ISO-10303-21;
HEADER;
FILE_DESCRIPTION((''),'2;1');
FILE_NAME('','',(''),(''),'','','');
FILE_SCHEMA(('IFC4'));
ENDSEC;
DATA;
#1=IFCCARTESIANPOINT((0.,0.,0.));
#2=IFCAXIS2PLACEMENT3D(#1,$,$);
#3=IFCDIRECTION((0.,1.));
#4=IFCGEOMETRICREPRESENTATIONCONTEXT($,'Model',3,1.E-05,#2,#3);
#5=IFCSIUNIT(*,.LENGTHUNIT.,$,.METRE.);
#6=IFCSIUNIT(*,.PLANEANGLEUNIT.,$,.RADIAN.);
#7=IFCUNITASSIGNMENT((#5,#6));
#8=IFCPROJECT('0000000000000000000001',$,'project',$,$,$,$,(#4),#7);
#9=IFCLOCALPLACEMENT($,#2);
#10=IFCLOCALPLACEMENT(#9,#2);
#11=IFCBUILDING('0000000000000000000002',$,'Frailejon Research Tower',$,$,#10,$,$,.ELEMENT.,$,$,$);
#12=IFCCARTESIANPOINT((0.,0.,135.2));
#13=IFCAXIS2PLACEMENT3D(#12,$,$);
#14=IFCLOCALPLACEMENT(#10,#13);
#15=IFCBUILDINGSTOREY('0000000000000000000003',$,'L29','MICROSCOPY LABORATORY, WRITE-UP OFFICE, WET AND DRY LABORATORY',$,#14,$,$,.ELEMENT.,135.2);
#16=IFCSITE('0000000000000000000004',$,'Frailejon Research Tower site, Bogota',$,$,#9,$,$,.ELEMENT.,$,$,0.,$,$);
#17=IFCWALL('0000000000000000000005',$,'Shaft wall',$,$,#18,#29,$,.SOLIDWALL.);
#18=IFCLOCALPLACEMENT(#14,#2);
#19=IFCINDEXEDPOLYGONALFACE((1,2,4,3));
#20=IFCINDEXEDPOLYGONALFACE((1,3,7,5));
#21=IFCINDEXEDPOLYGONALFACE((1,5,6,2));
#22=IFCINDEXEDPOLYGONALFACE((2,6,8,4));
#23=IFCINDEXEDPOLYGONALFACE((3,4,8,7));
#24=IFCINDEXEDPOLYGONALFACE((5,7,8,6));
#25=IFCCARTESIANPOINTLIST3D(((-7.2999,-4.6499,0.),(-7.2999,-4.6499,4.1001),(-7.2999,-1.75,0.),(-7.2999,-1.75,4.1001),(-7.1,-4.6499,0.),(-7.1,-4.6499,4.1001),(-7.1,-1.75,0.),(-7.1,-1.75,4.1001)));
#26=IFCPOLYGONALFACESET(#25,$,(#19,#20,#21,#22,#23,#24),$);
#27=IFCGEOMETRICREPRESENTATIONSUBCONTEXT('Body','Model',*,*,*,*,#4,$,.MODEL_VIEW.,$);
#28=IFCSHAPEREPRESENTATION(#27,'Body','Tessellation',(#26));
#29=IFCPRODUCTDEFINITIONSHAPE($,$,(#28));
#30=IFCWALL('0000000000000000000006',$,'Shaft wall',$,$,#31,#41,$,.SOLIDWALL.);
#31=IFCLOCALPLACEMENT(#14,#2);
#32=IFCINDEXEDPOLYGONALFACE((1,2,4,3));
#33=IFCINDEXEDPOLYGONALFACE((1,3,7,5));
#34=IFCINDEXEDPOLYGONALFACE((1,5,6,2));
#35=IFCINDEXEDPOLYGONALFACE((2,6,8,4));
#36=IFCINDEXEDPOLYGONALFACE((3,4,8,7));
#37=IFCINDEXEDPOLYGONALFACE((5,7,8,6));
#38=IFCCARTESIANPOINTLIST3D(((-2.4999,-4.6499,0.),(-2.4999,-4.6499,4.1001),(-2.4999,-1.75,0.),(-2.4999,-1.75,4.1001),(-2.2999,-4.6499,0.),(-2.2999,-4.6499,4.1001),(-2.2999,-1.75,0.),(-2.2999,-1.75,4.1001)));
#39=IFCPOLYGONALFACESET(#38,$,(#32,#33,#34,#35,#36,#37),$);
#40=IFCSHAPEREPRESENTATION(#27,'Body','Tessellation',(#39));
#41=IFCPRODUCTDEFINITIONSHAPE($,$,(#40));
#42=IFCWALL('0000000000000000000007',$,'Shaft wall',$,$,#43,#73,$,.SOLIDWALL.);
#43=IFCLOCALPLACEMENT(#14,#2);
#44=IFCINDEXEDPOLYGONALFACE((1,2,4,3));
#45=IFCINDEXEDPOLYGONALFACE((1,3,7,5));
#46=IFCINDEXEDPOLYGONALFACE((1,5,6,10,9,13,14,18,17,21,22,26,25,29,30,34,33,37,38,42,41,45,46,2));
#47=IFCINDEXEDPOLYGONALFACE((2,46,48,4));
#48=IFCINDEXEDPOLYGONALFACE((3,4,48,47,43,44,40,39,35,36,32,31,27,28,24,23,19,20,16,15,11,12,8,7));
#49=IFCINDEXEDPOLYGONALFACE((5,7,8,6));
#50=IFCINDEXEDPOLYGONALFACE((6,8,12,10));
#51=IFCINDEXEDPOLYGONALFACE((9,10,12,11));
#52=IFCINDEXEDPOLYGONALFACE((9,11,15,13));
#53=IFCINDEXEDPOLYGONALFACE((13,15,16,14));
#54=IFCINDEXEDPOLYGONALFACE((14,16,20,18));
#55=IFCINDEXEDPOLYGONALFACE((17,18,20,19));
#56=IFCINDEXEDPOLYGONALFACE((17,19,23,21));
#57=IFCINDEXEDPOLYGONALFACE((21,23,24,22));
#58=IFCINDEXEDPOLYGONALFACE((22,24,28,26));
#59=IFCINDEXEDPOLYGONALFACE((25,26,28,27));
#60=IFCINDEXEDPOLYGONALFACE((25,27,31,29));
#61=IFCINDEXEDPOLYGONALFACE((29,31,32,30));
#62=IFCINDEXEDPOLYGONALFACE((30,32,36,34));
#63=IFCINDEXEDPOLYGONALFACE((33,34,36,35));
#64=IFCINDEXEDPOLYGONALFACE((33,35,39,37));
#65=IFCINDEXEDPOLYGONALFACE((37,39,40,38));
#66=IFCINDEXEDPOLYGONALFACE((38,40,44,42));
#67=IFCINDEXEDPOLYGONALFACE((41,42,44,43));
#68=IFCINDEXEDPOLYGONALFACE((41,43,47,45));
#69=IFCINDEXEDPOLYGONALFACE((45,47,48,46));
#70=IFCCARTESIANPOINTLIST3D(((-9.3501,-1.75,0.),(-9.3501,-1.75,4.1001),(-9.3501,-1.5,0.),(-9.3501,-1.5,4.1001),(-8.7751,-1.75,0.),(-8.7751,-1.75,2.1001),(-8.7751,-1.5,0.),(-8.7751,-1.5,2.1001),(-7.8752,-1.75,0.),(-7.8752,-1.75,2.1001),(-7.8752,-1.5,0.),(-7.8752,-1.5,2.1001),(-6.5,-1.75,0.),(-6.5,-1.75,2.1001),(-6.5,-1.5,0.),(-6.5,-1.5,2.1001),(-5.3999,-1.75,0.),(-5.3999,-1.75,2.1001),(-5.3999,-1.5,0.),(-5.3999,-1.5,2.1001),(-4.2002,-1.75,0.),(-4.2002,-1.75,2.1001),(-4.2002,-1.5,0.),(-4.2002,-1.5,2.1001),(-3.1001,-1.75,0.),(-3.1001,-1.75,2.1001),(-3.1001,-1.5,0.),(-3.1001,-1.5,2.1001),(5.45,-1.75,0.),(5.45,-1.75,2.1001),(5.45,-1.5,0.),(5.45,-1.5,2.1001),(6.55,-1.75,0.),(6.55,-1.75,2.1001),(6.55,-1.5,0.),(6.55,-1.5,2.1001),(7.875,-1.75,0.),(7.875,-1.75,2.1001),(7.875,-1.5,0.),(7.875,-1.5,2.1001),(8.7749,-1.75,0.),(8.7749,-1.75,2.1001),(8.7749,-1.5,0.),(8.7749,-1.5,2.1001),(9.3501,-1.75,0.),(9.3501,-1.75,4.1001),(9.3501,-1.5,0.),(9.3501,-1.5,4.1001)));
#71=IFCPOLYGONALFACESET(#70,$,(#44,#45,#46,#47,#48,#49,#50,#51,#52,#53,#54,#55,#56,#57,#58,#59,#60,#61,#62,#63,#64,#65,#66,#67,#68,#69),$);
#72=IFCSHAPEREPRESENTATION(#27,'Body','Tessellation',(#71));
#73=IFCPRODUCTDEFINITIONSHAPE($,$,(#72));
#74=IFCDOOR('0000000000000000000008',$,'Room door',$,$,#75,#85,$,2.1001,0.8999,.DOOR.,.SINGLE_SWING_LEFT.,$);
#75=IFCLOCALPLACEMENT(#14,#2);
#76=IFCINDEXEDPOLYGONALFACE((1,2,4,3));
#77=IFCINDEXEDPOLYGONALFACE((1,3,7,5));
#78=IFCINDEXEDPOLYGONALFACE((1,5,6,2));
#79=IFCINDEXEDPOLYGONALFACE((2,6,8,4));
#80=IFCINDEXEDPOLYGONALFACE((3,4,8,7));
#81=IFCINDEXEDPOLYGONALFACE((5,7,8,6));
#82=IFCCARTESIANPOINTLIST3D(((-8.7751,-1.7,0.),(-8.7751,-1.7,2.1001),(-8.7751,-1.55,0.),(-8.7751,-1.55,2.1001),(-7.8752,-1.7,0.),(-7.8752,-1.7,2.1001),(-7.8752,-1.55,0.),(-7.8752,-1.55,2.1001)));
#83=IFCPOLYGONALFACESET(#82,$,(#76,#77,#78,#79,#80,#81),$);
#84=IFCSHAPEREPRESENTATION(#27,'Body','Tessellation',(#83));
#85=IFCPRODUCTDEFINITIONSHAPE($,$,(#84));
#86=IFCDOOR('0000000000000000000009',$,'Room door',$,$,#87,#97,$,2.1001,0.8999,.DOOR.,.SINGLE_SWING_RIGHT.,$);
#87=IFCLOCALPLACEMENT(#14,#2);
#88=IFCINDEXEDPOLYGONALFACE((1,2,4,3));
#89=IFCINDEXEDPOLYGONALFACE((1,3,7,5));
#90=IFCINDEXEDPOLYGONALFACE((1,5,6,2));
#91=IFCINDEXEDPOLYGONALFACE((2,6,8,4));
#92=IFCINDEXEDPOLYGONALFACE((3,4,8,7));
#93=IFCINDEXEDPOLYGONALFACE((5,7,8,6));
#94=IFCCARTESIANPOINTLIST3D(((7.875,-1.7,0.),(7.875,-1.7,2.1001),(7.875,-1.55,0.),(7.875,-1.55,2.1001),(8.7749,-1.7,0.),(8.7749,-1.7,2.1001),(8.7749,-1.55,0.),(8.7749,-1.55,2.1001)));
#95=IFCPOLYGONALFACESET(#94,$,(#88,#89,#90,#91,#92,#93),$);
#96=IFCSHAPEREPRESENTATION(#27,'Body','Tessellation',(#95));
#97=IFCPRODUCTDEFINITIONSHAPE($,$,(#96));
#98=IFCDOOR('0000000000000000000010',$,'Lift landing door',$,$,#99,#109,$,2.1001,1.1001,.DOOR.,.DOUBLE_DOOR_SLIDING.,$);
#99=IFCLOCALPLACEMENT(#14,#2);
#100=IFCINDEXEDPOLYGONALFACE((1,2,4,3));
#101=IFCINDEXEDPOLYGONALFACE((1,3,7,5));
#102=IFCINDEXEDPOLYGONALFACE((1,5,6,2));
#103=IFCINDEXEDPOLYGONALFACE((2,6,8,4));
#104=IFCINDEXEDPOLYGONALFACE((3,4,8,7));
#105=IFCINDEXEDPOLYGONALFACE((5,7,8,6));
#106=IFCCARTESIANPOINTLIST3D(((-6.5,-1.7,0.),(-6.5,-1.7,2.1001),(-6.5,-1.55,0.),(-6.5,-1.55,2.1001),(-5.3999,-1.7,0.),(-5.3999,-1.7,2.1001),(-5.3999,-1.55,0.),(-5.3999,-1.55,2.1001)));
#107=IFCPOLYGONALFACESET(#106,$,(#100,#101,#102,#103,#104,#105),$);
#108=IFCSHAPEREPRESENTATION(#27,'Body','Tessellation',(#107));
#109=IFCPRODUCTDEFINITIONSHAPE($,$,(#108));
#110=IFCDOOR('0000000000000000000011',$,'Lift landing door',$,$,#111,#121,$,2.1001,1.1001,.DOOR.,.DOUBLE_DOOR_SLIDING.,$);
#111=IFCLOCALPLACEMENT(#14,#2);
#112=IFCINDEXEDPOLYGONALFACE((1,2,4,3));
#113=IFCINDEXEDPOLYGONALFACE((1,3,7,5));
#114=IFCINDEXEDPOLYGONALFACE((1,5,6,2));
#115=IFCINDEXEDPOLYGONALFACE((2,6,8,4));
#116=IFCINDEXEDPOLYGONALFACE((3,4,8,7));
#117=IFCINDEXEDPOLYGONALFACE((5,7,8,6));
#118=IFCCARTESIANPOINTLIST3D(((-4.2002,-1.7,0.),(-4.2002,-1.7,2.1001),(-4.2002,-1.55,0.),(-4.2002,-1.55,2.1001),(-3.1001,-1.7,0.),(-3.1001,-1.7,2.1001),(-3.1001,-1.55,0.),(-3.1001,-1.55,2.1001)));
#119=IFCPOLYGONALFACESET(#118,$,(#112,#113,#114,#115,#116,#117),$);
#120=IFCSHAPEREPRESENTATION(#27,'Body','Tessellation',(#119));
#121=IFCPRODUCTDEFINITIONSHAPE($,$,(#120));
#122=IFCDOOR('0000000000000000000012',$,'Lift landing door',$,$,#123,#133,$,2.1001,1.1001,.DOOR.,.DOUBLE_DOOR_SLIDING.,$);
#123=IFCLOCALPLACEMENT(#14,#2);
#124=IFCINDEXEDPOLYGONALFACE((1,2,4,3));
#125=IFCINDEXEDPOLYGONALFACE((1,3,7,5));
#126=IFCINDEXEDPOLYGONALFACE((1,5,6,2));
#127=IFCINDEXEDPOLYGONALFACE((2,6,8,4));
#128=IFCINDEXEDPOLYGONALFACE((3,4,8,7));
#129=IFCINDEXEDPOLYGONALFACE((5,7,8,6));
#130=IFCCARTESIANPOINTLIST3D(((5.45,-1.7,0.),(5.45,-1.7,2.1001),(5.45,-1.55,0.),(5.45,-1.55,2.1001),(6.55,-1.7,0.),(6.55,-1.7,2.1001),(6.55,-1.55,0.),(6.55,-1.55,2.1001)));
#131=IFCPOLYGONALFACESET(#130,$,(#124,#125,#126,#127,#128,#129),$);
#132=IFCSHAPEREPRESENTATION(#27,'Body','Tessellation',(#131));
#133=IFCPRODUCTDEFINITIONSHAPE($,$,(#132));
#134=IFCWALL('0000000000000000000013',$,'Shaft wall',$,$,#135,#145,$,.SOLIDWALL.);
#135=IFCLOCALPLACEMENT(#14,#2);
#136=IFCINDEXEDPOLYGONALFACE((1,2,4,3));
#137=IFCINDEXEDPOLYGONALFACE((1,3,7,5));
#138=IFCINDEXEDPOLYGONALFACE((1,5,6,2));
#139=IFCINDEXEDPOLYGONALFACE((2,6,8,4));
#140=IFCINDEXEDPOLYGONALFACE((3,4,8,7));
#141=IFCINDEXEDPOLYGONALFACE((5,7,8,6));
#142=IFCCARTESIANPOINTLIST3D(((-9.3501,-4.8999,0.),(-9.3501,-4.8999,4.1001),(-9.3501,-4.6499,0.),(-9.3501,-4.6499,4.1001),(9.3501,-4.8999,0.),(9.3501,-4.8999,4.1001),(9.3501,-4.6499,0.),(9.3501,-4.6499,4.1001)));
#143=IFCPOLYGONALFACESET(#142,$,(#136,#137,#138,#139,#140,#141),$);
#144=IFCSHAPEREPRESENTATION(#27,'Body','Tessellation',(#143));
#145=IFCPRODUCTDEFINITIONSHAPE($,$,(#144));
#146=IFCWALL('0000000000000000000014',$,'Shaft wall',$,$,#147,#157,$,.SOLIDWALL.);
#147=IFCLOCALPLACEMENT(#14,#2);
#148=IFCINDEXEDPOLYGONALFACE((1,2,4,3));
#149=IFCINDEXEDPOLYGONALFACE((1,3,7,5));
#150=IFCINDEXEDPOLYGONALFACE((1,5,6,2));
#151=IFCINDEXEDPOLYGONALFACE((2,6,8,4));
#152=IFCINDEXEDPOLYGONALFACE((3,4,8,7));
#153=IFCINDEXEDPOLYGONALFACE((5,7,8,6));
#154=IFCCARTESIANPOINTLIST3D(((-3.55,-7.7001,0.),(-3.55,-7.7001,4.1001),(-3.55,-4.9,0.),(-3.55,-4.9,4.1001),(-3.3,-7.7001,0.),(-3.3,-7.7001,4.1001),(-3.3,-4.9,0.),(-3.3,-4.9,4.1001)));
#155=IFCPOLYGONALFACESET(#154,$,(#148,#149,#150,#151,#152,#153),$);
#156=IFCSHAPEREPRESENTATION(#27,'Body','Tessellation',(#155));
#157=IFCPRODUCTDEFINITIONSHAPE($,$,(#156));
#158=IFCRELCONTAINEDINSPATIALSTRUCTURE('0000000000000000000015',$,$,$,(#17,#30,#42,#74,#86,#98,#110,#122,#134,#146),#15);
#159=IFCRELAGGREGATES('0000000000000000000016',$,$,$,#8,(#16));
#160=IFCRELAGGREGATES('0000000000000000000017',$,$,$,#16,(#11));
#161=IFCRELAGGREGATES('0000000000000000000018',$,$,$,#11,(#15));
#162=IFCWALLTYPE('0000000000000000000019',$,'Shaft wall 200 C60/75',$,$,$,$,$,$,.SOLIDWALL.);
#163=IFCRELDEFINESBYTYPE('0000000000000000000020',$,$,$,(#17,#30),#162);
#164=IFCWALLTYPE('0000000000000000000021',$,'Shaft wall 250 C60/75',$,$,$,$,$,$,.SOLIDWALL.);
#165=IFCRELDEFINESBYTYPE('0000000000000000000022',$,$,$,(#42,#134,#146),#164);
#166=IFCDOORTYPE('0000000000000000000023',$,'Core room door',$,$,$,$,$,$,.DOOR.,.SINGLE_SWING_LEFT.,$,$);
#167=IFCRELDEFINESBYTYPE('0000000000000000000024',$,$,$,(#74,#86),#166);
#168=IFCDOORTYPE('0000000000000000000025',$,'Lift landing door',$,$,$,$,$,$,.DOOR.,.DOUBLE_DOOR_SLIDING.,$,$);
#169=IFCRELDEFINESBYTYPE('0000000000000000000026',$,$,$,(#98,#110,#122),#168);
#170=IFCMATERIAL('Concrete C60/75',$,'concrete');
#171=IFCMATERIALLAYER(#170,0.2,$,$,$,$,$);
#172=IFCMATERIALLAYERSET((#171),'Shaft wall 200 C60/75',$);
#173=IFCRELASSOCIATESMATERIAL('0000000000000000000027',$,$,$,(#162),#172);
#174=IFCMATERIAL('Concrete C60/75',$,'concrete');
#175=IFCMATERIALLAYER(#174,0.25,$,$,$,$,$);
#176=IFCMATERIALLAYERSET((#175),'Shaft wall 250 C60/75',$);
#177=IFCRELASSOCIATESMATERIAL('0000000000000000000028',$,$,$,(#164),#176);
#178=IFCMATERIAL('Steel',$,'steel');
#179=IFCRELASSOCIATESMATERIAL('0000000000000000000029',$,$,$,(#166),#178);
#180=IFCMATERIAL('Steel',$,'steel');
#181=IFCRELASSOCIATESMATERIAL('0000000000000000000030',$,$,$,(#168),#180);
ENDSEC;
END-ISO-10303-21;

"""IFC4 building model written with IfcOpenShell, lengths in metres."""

from ifc_helpers import new_model, si_unit, direction, frame, frame_2d, origin, place, context, subcontext, project, spatial, rectangle, extrude, material, layer, layer_set, type_object, element, fill, save


model = new_model("IFC4")

# Units and contexts
model_context = context("Model", 3, precision=1e-05, world=origin(), true_north=direction((0.0, 1.0)))
body_context = subcontext(model_context, "Body", "Model", "MODEL_VIEW")
ifc_project = project(units=[si_unit("LENGTHUNIT", "METRE"), si_unit("PLANEANGLEUNIT", "RADIAN")], contexts=[model_context])

# Site, building, storey
site_placement = place(None, origin())
site = spatial("IfcSite", under=ifc_project, at=site_placement, Name="Frailejon Research Tower site, Bogota", CompositionType="ELEMENT", RefElevation=0.0)
building_placement = place(site_placement, origin())
building = spatial("IfcBuilding", under=site, at=building_placement, Name="Frailejon Research Tower", CompositionType="ELEMENT")
storey_placement = place(building_placement, frame((0.0, 0.0, 135.2)))
storey = spatial("IfcBuildingStorey", under=building, at=storey_placement, Name="L29", Description="MICROSCOPY LABORATORY, WRITE-UP OFFICE, WET AND DRY LABORATORY", CompositionType="ELEMENT", Elevation=135.2)

# Walls
ifc_material_1 = material(Name="Concrete C60/75", Category="concrete")
ifc_layer_1 = layer(ifc_material_1, 0.2)
ifc_layer_set_1 = layer_set([ifc_layer_1], Name="Shaft wall 200 C60/75")
wall_type_1 = type_object("IfcWallType", Name="Shaft wall 200 C60/75", PredefinedType="SOLIDWALL", material=ifc_layer_set_1)
for number, where, z_axis, x_axis, name in (
    (1, (-7.2, -4.6499, 0.0), (0.0, 0.0, 1.0), (0.0, 1.0, 0.0), "Shaft wall"),
    (2, (-2.3999, -4.6499, 0.0), (0.0, 0.0, 1.0), (0.0, 1.0, 0.0), "Shaft wall"),
):
    element("IfcWall", number, at=place(storey_placement, frame(where, z_axis=z_axis, x_axis=x_axis)), inside=storey, type_object=wall_type_1, Name=name, PredefinedType="SOLIDWALL", context=body_context, shape_type="SweptSolid", body=[
        extrude(rectangle(XDim=2.8999, YDim=0.2, at=frame_2d((1.45, 0.0))), origin(), (0.0, 0.0, 1.0), 4.1001),
    ])

# Wall, openings, doors
ifc_material_2 = material(Name="Concrete C60/75", Category="concrete")
ifc_layer_2 = layer(ifc_material_2, 0.25)
ifc_layer_set_2 = layer_set([ifc_layer_2], Name="Shaft wall 250 C60/75")
wall_type_2 = type_object("IfcWallType", Name="Shaft wall 250 C60/75", PredefinedType="SOLIDWALL", material=ifc_layer_set_2)
wall_1_placement = place(storey_placement, frame((-9.3501, -1.625, 0.0), z_axis=(0.0, 0.0, 1.0), x_axis=(1.0, 0.0, 0.0)))
wall_1 = element("IfcWall", 3, at=wall_1_placement, inside=storey, type_object=wall_type_2, Name="Shaft wall", PredefinedType="SOLIDWALL", context=body_context, shape_type="SweptSolid", body=[
    extrude(rectangle(XDim=18.7002, YDim=0.25, at=frame_2d((9.3501, 0.0))), origin(), (0.0, 0.0, 1.0), 4.1001),
])
opening_1_placement = place(wall_1_placement, frame((2.8501, 0.0, 0.0)))
opening_1 = element("IfcOpeningElement", 4, at=opening_1_placement, cuts=wall_1, PredefinedType="OPENING", context=body_context, shape_type="SweptSolid", body=[
    extrude(rectangle(XDim=1.1001, YDim=2.1001, at=frame_2d((0.55, 1.05))), frame((0.0, 0.135, 0.0), z_axis=(0.0, -1.0, 0.0), x_axis=(1.0, 0.0, 0.0)), (0.0, 0.0, 1.0), 0.27),
])
opening_2_placement = place(wall_1_placement, frame((5.1499, 0.0, 0.0)))
opening_2 = element("IfcOpeningElement", 5, at=opening_2_placement, cuts=wall_1, PredefinedType="OPENING", context=body_context, shape_type="SweptSolid", body=[
    extrude(rectangle(XDim=1.1001, YDim=2.1001, at=frame_2d((0.55, 1.05))), frame((0.0, 0.135, 0.0), z_axis=(0.0, -1.0, 0.0), x_axis=(1.0, 0.0, 0.0)), (0.0, 0.0, 1.0), 0.27),
])
opening_3_placement = place(wall_1_placement, frame((14.8, 0.0, 0.0)))
opening_3 = element("IfcOpeningElement", 6, at=opening_3_placement, cuts=wall_1, PredefinedType="OPENING", context=body_context, shape_type="SweptSolid", body=[
    extrude(rectangle(XDim=1.1001, YDim=2.1001, at=frame_2d((0.55, 1.05))), frame((0.0, 0.135, 0.0), z_axis=(0.0, -1.0, 0.0), x_axis=(1.0, 0.0, 0.0)), (0.0, 0.0, 1.0), 0.27),
])
opening_4_placement = place(wall_1_placement, frame((0.575, 0.0, 0.0)))
opening_4 = element("IfcOpeningElement", 7, at=opening_4_placement, cuts=wall_1, PredefinedType="OPENING", context=body_context, shape_type="SweptSolid", body=[
    extrude(rectangle(XDim=0.8999, YDim=2.1001, at=frame_2d((0.45, 1.05))), frame((0.0, 0.135, 0.0), z_axis=(0.0, -1.0, 0.0), x_axis=(1.0, 0.0, 0.0)), (0.0, 0.0, 1.0), 0.27),
])
opening_5_placement = place(wall_1_placement, frame((17.2251, 0.0, 0.0)))
opening_5 = element("IfcOpeningElement", 8, at=opening_5_placement, cuts=wall_1, PredefinedType="OPENING", context=body_context, shape_type="SweptSolid", body=[
    extrude(rectangle(XDim=0.8999, YDim=2.1001, at=frame_2d((0.45, 1.05))), frame((0.0, 0.135, 0.0), z_axis=(0.0, -1.0, 0.0), x_axis=(1.0, 0.0, 0.0)), (0.0, 0.0, 1.0), 0.27),
])
ifc_material_3 = material(Name="Steel", Category="steel")
door_type_1 = type_object("IfcDoorType", Name="Core room door", OperationType="SINGLE_SWING_LEFT", PredefinedType="DOOR", material=ifc_material_3)
door_1_placement = place(opening_4_placement, origin())
door_1 = element("IfcDoor", 9, at=door_1_placement, inside=storey, type_object=door_type_1, Name="Room door", OperationType="SINGLE_SWING_LEFT", OverallHeight=2.1001, OverallWidth=0.8999, PredefinedType="DOOR", context=body_context, shape_type="SweptSolid", body=[
    extrude(rectangle(XDim=0.8999, YDim=2.1001, at=frame_2d((0.45, 1.05))), frame((0.0, 0.075, 0.0), z_axis=(0.0, -1.0, 0.0), x_axis=(1.0, 0.0, 0.0)), (0.0, 0.0, 1.0), 0.1499),
])
fill(opening_4, door_1)
door_2_placement = place(opening_5_placement, origin())
door_2 = element("IfcDoor", 10, at=door_2_placement, inside=storey, type_object=door_type_1, Name="Room door", OperationType="SINGLE_SWING_RIGHT", OverallHeight=2.1001, OverallWidth=0.8999, PredefinedType="DOOR", context=body_context, shape_type="SweptSolid", body=[
    extrude(rectangle(XDim=0.8999, YDim=2.1001, at=frame_2d((0.45, 1.05))), frame((0.0, 0.075, 0.0), z_axis=(0.0, -1.0, 0.0), x_axis=(1.0, 0.0, 0.0)), (0.0, 0.0, 1.0), 0.1499),
])
fill(opening_5, door_2)
ifc_material_4 = material(Name="Steel", Category="steel")
door_type_2 = type_object("IfcDoorType", Name="Lift landing door", OperationType="DOUBLE_DOOR_SLIDING", PredefinedType="DOOR", material=ifc_material_4)
door_3_placement = place(opening_1_placement, origin())
door_3 = element("IfcDoor", 11, at=door_3_placement, inside=storey, type_object=door_type_2, Name="Lift landing door", OperationType="DOUBLE_DOOR_SLIDING", OverallHeight=2.1001, OverallWidth=1.1001, PredefinedType="DOOR", context=body_context, shape_type="SweptSolid", body=[
    extrude(rectangle(XDim=1.1001, YDim=2.1001, at=frame_2d((0.55, 1.05))), frame((0.0, 0.075, 0.0), z_axis=(0.0, -1.0, 0.0), x_axis=(1.0, 0.0, 0.0)), (0.0, 0.0, 1.0), 0.1499),
])
fill(opening_1, door_3)
door_4_placement = place(opening_2_placement, origin())
door_4 = element("IfcDoor", 12, at=door_4_placement, inside=storey, type_object=door_type_2, Name="Lift landing door", OperationType="DOUBLE_DOOR_SLIDING", OverallHeight=2.1001, OverallWidth=1.1001, PredefinedType="DOOR", context=body_context, shape_type="SweptSolid", body=[
    extrude(rectangle(XDim=1.1001, YDim=2.1001, at=frame_2d((0.55, 1.05))), frame((0.0, 0.075, 0.0), z_axis=(0.0, -1.0, 0.0), x_axis=(1.0, 0.0, 0.0)), (0.0, 0.0, 1.0), 0.1499),
])
fill(opening_2, door_4)
door_5_placement = place(opening_3_placement, origin())
door_5 = element("IfcDoor", 13, at=door_5_placement, inside=storey, type_object=door_type_2, Name="Lift landing door", OperationType="DOUBLE_DOOR_SLIDING", OverallHeight=2.1001, OverallWidth=1.1001, PredefinedType="DOOR", context=body_context, shape_type="SweptSolid", body=[
    extrude(rectangle(XDim=1.1001, YDim=2.1001, at=frame_2d((0.55, 1.05))), frame((0.0, 0.075, 0.0), z_axis=(0.0, -1.0, 0.0), x_axis=(1.0, 0.0, 0.0)), (0.0, 0.0, 1.0), 0.1499),
])
fill(opening_3, door_5)

# Walls
wall_2_placement = place(storey_placement, frame((-9.3501, -4.7749, 0.0), z_axis=(0.0, 0.0, 1.0), x_axis=(1.0, 0.0, 0.0)))
element("IfcWall", 14, at=wall_2_placement, inside=storey, type_object=wall_type_2, Name="Shaft wall", PredefinedType="SOLIDWALL", context=body_context, shape_type="SweptSolid", body=[
    extrude(rectangle(XDim=18.7002, YDim=0.25, at=frame_2d((9.3501, 0.0))), origin(), (0.0, 0.0, 1.0), 4.1001),
])
wall_3_placement = place(storey_placement, frame((-3.425, -7.7, 0.0), z_axis=(0.0, 0.0, 1.0), x_axis=(0.0, 1.0, 0.0)))
element("IfcWall", 15, at=wall_3_placement, inside=storey, type_object=wall_type_2, Name="Shaft wall", PredefinedType="SOLIDWALL", context=body_context, shape_type="SweptSolid", body=[
    extrude(rectangle(XDim=2.8, YDim=0.25, at=frame_2d((1.3999, 0.0))), origin(), (0.0, 0.0, 1.0), 4.1001),
])

save(model, "model.ifc")
